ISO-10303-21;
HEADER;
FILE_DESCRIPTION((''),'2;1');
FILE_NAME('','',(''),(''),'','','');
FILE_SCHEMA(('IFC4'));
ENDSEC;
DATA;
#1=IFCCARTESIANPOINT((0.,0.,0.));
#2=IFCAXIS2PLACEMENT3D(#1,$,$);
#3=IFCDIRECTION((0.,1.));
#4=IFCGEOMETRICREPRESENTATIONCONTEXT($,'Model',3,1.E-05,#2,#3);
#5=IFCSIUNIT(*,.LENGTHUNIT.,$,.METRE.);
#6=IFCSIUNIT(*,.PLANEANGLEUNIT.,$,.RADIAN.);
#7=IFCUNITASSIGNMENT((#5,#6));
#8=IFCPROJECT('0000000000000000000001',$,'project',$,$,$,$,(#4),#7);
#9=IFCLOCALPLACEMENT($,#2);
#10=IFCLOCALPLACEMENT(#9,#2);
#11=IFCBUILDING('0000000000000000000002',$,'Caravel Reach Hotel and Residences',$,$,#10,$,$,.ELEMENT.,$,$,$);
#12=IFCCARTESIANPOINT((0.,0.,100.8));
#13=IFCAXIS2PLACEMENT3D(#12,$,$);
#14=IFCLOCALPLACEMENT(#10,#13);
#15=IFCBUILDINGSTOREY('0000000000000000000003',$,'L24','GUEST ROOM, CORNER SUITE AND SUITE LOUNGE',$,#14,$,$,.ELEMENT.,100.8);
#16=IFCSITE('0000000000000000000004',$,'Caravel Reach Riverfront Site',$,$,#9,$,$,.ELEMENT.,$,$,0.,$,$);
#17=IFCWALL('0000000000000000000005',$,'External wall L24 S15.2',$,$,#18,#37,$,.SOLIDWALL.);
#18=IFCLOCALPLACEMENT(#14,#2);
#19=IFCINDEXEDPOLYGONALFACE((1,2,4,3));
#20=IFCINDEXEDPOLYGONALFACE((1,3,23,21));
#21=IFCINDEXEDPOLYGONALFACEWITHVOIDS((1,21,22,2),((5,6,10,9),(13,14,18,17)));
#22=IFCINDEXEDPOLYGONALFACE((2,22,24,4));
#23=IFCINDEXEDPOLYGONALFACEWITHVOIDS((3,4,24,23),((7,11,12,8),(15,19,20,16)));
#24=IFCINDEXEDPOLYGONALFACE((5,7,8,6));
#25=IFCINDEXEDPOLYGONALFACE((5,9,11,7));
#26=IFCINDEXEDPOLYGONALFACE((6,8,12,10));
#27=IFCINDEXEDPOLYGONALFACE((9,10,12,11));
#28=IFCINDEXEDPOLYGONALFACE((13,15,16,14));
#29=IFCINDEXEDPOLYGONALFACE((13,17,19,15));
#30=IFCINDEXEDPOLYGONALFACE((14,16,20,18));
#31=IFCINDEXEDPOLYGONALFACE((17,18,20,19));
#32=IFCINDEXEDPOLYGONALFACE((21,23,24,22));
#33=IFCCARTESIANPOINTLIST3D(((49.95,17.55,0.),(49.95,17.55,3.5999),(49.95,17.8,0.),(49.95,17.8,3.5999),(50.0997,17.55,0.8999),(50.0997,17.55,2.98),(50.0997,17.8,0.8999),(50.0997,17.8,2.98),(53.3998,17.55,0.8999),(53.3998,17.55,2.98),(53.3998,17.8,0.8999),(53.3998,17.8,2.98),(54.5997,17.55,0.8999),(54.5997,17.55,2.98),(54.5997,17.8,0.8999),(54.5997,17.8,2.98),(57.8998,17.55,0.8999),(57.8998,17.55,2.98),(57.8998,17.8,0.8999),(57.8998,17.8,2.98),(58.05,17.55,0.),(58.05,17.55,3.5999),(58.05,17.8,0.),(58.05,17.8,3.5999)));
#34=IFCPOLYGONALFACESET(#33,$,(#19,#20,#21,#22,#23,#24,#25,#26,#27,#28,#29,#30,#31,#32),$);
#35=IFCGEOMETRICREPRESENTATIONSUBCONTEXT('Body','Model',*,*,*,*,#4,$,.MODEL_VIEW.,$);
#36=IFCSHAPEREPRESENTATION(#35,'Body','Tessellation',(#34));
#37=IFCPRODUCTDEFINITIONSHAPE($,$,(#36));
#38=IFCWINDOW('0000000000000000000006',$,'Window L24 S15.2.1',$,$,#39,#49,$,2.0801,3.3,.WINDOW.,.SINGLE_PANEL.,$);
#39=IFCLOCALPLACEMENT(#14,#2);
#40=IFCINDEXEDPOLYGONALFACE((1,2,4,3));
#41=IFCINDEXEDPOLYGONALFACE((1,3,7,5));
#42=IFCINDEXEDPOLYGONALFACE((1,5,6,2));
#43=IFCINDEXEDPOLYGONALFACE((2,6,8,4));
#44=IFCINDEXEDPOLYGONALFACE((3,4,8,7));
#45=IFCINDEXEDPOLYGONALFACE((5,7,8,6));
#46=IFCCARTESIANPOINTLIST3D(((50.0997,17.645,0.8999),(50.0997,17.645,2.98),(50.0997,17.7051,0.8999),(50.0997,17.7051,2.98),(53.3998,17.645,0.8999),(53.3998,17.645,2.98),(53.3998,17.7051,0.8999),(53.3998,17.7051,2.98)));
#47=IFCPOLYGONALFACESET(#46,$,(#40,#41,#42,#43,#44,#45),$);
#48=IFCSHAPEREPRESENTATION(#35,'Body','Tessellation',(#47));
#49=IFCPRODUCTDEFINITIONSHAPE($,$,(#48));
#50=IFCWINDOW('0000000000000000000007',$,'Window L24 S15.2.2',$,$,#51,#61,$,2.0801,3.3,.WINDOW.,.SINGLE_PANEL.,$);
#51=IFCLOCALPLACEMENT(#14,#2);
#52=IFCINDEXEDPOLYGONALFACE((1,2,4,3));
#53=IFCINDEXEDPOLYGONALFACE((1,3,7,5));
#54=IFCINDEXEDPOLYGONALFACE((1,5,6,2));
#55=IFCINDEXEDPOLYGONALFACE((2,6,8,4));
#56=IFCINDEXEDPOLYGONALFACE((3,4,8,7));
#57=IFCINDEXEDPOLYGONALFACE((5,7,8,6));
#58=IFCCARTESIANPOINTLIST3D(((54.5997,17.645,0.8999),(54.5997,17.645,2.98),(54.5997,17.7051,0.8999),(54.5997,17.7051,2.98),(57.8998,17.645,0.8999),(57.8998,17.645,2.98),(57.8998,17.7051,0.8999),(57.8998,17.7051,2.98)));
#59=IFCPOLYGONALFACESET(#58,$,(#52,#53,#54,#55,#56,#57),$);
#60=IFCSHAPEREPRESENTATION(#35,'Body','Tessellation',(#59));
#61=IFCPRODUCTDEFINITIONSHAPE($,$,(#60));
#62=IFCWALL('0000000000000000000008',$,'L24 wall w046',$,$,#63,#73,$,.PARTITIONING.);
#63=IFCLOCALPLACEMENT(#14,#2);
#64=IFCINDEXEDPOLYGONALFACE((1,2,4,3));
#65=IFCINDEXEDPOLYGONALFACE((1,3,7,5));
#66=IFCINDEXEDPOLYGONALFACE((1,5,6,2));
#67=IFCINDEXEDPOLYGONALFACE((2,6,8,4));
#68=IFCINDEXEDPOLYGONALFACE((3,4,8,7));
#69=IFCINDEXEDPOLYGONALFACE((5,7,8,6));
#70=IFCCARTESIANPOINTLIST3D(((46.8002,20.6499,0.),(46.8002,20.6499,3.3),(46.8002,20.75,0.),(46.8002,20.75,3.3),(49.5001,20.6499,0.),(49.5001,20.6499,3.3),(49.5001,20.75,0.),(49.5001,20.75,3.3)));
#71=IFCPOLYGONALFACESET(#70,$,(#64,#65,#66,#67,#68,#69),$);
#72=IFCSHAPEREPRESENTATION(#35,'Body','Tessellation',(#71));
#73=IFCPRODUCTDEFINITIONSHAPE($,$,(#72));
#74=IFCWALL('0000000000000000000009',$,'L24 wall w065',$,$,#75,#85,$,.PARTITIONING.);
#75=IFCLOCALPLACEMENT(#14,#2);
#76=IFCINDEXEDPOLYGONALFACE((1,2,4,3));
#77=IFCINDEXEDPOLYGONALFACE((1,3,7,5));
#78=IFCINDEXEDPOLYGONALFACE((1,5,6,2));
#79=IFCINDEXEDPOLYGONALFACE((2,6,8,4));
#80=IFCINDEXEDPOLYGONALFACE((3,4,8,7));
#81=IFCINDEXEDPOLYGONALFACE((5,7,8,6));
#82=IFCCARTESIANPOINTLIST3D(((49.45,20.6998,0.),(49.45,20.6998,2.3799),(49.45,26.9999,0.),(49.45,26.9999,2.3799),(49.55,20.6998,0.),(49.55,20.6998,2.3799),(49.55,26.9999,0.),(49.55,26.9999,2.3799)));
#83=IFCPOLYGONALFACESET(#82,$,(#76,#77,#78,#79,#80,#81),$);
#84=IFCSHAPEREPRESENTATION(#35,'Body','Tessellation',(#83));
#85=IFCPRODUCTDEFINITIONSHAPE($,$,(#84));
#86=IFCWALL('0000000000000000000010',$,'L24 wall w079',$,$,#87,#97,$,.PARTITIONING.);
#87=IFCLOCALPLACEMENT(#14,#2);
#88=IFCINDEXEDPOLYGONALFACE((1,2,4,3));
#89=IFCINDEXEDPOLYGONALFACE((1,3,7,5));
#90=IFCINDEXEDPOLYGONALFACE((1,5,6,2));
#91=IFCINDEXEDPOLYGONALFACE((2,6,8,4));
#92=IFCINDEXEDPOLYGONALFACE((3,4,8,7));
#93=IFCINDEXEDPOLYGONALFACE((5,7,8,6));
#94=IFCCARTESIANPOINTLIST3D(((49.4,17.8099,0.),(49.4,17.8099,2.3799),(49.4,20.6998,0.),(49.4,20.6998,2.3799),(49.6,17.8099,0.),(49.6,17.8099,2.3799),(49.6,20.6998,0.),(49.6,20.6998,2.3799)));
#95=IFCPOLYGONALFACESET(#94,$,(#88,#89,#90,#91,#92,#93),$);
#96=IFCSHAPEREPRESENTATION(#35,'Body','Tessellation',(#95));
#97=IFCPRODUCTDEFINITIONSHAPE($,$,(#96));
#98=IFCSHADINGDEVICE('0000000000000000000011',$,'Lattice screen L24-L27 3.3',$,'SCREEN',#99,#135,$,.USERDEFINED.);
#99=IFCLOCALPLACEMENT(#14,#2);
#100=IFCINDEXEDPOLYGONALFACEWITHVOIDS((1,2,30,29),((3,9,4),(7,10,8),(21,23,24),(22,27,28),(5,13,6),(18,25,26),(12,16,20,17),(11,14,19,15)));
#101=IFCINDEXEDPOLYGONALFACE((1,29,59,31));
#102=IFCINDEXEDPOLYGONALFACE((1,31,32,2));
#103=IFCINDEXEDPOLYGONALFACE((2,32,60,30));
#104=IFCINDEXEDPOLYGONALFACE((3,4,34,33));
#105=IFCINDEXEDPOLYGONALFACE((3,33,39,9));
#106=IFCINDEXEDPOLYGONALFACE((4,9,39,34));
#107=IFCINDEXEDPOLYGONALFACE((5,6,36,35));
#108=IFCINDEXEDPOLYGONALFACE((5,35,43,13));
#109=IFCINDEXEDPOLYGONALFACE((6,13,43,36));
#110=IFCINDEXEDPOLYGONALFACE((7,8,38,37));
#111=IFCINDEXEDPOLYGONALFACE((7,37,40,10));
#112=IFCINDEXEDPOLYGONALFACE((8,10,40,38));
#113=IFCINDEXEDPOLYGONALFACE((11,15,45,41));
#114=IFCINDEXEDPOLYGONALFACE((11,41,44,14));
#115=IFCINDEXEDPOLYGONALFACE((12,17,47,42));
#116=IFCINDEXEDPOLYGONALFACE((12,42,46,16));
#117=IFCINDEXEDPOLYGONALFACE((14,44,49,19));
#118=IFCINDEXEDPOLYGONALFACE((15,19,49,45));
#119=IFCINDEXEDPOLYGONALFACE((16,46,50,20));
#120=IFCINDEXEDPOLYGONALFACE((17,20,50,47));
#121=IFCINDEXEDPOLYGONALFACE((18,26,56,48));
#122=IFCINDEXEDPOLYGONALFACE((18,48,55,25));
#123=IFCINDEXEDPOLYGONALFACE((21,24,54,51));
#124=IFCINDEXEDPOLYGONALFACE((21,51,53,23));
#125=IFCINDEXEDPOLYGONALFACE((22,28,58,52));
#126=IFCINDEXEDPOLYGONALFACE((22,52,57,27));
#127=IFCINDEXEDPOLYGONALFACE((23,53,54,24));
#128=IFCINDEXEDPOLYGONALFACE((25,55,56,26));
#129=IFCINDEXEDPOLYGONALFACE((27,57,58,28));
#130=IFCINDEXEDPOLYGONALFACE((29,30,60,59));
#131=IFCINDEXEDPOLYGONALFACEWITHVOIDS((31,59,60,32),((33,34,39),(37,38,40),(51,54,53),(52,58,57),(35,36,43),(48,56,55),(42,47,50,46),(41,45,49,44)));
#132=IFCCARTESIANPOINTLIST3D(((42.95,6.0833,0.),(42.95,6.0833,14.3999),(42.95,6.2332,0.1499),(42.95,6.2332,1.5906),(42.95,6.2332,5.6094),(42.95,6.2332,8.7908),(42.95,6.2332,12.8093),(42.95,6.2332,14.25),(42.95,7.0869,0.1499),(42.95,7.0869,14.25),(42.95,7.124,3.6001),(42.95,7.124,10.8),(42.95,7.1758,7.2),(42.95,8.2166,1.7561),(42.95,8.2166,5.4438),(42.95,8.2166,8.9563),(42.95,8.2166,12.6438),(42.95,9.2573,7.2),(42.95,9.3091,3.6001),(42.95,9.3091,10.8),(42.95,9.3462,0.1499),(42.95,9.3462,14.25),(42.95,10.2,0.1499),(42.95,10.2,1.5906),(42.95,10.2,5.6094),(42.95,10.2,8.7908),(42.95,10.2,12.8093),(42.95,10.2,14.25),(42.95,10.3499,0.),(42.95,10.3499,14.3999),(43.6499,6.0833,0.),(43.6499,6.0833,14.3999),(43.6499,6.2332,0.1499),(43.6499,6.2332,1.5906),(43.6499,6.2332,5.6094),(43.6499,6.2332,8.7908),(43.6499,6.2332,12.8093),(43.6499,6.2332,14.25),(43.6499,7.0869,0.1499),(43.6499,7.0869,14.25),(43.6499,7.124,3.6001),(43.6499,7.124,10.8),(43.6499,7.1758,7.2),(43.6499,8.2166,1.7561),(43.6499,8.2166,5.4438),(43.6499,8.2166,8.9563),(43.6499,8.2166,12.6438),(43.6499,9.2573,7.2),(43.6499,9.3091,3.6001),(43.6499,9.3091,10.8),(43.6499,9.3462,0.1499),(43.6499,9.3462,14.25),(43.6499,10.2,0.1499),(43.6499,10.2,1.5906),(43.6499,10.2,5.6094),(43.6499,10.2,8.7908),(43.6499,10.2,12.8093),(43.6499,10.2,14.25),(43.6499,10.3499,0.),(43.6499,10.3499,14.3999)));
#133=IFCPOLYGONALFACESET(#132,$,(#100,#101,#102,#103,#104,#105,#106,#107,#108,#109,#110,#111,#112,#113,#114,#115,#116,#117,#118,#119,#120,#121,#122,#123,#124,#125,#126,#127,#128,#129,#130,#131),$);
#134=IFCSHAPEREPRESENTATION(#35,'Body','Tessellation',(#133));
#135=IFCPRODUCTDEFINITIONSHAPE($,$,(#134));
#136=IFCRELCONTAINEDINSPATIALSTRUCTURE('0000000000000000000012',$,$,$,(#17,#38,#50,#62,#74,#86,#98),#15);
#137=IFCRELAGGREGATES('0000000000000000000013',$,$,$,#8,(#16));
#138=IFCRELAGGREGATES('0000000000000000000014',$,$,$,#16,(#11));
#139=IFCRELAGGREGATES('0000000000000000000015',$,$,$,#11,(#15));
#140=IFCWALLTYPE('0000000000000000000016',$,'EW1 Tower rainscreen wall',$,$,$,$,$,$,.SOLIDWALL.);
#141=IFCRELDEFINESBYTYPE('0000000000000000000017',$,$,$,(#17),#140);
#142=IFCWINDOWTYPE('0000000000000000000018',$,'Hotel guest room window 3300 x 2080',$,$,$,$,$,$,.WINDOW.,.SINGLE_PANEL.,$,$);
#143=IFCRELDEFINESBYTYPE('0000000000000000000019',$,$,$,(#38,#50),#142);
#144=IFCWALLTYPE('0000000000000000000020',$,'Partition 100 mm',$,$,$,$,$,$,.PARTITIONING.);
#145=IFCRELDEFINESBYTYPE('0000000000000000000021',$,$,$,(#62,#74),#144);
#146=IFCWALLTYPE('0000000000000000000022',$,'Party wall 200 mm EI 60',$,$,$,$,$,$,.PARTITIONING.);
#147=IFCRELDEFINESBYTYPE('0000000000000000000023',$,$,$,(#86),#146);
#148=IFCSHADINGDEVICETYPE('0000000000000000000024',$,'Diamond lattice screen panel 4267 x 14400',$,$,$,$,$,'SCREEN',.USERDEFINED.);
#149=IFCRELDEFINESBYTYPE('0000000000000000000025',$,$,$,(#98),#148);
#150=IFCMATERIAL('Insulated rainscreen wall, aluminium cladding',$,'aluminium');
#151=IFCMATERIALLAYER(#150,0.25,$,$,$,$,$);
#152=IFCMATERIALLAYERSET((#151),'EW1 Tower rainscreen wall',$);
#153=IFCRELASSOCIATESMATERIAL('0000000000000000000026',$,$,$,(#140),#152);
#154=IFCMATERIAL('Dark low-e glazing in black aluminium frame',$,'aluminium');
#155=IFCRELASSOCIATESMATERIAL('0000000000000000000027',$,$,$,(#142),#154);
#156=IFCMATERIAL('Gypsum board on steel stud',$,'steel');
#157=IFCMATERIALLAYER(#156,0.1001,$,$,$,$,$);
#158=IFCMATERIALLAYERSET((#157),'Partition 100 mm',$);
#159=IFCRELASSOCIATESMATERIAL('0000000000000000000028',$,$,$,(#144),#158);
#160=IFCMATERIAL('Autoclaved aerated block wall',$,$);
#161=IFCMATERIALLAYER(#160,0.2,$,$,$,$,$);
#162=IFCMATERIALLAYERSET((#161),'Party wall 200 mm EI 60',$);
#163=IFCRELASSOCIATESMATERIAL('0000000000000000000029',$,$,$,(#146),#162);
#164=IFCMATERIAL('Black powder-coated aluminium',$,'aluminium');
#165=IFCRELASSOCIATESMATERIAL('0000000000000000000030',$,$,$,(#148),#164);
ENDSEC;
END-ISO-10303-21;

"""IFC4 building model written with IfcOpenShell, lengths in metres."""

from ifc_helpers import new_model, si_unit, direction, frame, frame_2d, origin, place, context, subcontext, project, spatial, polyline, rectangle, outline, extrude, material, layer, layer_set, type_object, element, fill, save


model = new_model("IFC4")

# Units and contexts
model_context = context("Model", 3, precision=1e-05, world=origin(), true_north=direction((0.0, 1.0)))
body_context = subcontext(model_context, "Body", "Model", "MODEL_VIEW")
ifc_project = project(units=[si_unit("LENGTHUNIT", "METRE"), si_unit("PLANEANGLEUNIT", "RADIAN")], contexts=[model_context])

# Site, building, storey
site_placement = place(None, origin())
site = spatial("IfcSite", under=ifc_project, at=site_placement, Name="Caravel Reach Riverfront Site", CompositionType="ELEMENT", RefElevation=0.0)
building_placement = place(site_placement, origin())
building = spatial("IfcBuilding", under=site, at=building_placement, Name="Caravel Reach Hotel and Residences", CompositionType="ELEMENT")
storey_placement = place(building_placement, frame((0.0, 0.0, 100.8)))
storey = spatial("IfcBuildingStorey", under=building, at=storey_placement, Name="L24", Description="GUEST ROOM, CORNER SUITE AND SUITE LOUNGE", CompositionType="ELEMENT", Elevation=100.8)

# Shared definitions
ifc_material_1 = material(Name="Insulated rainscreen wall, aluminium cladding", Category="aluminium")
ifc_layer_1 = layer(ifc_material_1, 0.25)
ifc_layer_set_1 = layer_set([ifc_layer_1], Name="EW1 Tower rainscreen wall")
wall_type_1 = type_object("IfcWallType", Name="EW1 Tower rainscreen wall", PredefinedType="SOLIDWALL", material=ifc_layer_set_1)

# Wall, openings, windows
wall_1_placement = place(storey_placement, frame((49.95, 17.675, 0.0), z_axis=(0.0, 0.0, 1.0), x_axis=(1.0, 0.0, 0.0)))
wall_1 = element("IfcWall", 1, at=wall_1_placement, inside=storey, type_object=wall_type_1, Name="External wall L24 S15.2", PredefinedType="SOLIDWALL", context=body_context, shape_type="SweptSolid", body=[
    extrude(rectangle(XDim=8.1001, YDim=0.25, at=frame_2d((4.05, 0.0))), origin(), (0.0, 0.0, 1.0), 3.5999),
])
opening_1_placement = place(wall_1_placement, frame((0.1499, 0.0, 0.8999)))
opening_1 = element("IfcOpeningElement", 2, at=opening_1_placement, cuts=wall_1, PredefinedType="OPENING", context=body_context, shape_type="SweptSolid", body=[
    extrude(rectangle(XDim=3.3, YDim=2.0801, at=frame_2d((1.6499, 1.04))), frame((0.0, 0.135, 0.0), z_axis=(0.0, -1.0, 0.0), x_axis=(1.0, 0.0, 0.0)), (0.0, 0.0, 1.0), 0.27),
])
opening_2_placement = place(wall_1_placement, frame((4.6499, 0.0, 0.8999)))
opening_2 = element("IfcOpeningElement", 3, at=opening_2_placement, cuts=wall_1, PredefinedType="OPENING", context=body_context, shape_type="SweptSolid", body=[
    extrude(rectangle(XDim=3.3, YDim=2.0801, at=frame_2d((1.6499, 1.04))), frame((0.0, 0.135, 0.0), z_axis=(0.0, -1.0, 0.0), x_axis=(1.0, 0.0, 0.0)), (0.0, 0.0, 1.0), 0.27),
])
ifc_material_2 = material(Name="Dark low-e glazing in black aluminium frame", Category="aluminium")
window_type_1 = type_object("IfcWindowType", Name="Hotel guest room window 3300 x 2080", PartitioningType="SINGLE_PANEL", PredefinedType="WINDOW", material=ifc_material_2)
window_1_placement = place(opening_1_placement, origin())
window_1 = element("IfcWindow", 4, at=window_1_placement, inside=storey, type_object=window_type_1, Name="Window L24 S15.2.1", OverallHeight=2.0801, OverallWidth=3.3, PartitioningType="SINGLE_PANEL", PredefinedType="WINDOW", context=body_context, shape_type="SweptSolid", body=[
    extrude(rectangle(XDim=3.3, YDim=2.0801, at=frame_2d((1.6499, 1.04))), frame((0.0, 0.03, 0.0), z_axis=(0.0, -1.0, 0.0), x_axis=(1.0, 0.0, 0.0)), (0.0, 0.0, 1.0), 0.0601),
])
fill(opening_1, window_1)
window_2_placement = place(opening_2_placement, origin())
window_2 = element("IfcWindow", 5, at=window_2_placement, inside=storey, type_object=window_type_1, Name="Window L24 S15.2.2", OverallHeight=2.0801, OverallWidth=3.3, PartitioningType="SINGLE_PANEL", PredefinedType="WINDOW", context=body_context, shape_type="SweptSolid", body=[
    extrude(rectangle(XDim=3.3, YDim=2.0801, at=frame_2d((1.6499, 1.04))), frame((0.0, 0.03, 0.0), z_axis=(0.0, -1.0, 0.0), x_axis=(1.0, 0.0, 0.0)), (0.0, 0.0, 1.0), 0.0601),
])
fill(opening_2, window_2)

# Walls
ifc_material_3 = material(Name="Gypsum board on steel stud", Category="steel")
ifc_layer_2 = layer(ifc_material_3, 0.1001)
ifc_layer_set_2 = layer_set([ifc_layer_2], Name="Partition 100 mm")
wall_type_2 = type_object("IfcWallType", Name="Partition 100 mm", PredefinedType="PARTITIONING", material=ifc_layer_set_2)
wall_2_placement = place(storey_placement, frame((46.8, 20.7, 0.0), z_axis=(0.0, 0.0, 1.0), x_axis=(1.0, 0.0, 0.0)))
element("IfcWall", 6, at=wall_2_placement, inside=storey, type_object=wall_type_2, Name="L24 wall w046", PredefinedType="PARTITIONING", context=body_context, shape_type="SweptSolid", body=[
    extrude(rectangle(XDim=2.7, YDim=0.1001, at=frame_2d((1.3501, 0.0))), origin(), (0.0, 0.0, 1.0), 3.3),
])
wall_3_placement = place(storey_placement, frame((49.5, 20.7, 0.0), z_axis=(0.0, 0.0, 1.0), x_axis=(0.0, 1.0, 0.0)))
element("IfcWall", 7, at=wall_3_placement, inside=storey, type_object=wall_type_2, Name="L24 wall w065", PredefinedType="PARTITIONING", context=body_context, shape_type="SweptSolid", body=[
    extrude(rectangle(XDim=6.3, YDim=0.1001, at=frame_2d((3.1499, 0.0))), origin(), (0.0, 0.0, 1.0), 2.3799),
])
ifc_material_4 = material(Name="Autoclaved aerated block wall")
ifc_layer_3 = layer(ifc_material_4, 0.2)
ifc_layer_set_3 = layer_set([ifc_layer_3], Name="Party wall 200 mm EI 60")
wall_type_3 = type_object("IfcWallType", Name="Party wall 200 mm EI 60", PredefinedType="PARTITIONING", material=ifc_layer_set_3)
wall_4_placement = place(storey_placement, frame((49.5, 17.8101, 0.0), z_axis=(0.0, 0.0, 1.0), x_axis=(0.0, 1.0, 0.0)))
element("IfcWall", 8, at=wall_4_placement, inside=storey, type_object=wall_type_3, Name="L24 wall w079", PredefinedType="PARTITIONING", context=body_context, shape_type="SweptSolid", body=[
    extrude(rectangle(XDim=2.8899, YDim=0.2, at=frame_2d((1.4448, 0.0))), origin(), (0.0, 0.0, 1.0), 2.3799),
])

# Shading device
ifc_material_5 = material(Name="Black powder-coated aluminium", Category="aluminium")
shading_device_type_1 = type_object("IfcShadingDeviceType", Name="Diamond lattice screen panel 4267 x 14400", ElementType="SCREEN", PredefinedType="USERDEFINED", material=ifc_material_5)
shading_device_1_placement = place(storey_placement, frame((42.95, 6.0833, 0.0), z_axis=(1.0, 0.0, 0.0), x_axis=(0.0, 1.0, 0.0)))
element("IfcShadingDevice", 9, at=shading_device_1_placement, inside=storey, type_object=shading_device_type_1, Name="Lattice screen L24-L27 3.3", ObjectType="SCREEN", PredefinedType="USERDEFINED", context=body_context, shape_type="SweptSolid", body=[
    extrude(outline(polyline([(0.0, 0.0), (4.2666, 0.0), (4.2666, 14.3999), (0.0, 14.3999), (0.0, 0.0)]), holes=[polyline([(1.0037, 0.1499), (0.1499, 1.5906), (0.1499, 0.1499), (1.0037, 0.1499)]), polyline([(1.0925, 7.2), (0.1499, 8.7908), (0.1499, 5.6094), (1.0925, 7.2)]), polyline([(0.1499, 12.8093), (1.0037, 14.25), (0.1499, 14.25), (0.1499, 12.8093)]), polyline([(2.1333, 5.4438), (1.0408, 3.6001), (2.1333, 1.7561), (3.2258, 3.6001), (2.1333, 5.4438)]), polyline([(2.1333, 12.6438), (1.0408, 10.8), (2.1333, 8.9563), (3.2258, 10.8), (2.1333, 12.6438)]), polyline([(4.1167, 1.5906), (3.2629, 0.1499), (4.1167, 0.1499), (4.1167, 1.5906)]), polyline([(3.1741, 7.2), (4.1167, 5.6094), (4.1167, 8.7908), (3.1741, 7.2)]), polyline([(3.2629, 14.25), (4.1167, 12.8093), (4.1167, 14.25), (3.2629, 14.25)])]), origin(), (0.0, 0.0, 1.0), 0.7),
])

save(model, "model.ifc")
